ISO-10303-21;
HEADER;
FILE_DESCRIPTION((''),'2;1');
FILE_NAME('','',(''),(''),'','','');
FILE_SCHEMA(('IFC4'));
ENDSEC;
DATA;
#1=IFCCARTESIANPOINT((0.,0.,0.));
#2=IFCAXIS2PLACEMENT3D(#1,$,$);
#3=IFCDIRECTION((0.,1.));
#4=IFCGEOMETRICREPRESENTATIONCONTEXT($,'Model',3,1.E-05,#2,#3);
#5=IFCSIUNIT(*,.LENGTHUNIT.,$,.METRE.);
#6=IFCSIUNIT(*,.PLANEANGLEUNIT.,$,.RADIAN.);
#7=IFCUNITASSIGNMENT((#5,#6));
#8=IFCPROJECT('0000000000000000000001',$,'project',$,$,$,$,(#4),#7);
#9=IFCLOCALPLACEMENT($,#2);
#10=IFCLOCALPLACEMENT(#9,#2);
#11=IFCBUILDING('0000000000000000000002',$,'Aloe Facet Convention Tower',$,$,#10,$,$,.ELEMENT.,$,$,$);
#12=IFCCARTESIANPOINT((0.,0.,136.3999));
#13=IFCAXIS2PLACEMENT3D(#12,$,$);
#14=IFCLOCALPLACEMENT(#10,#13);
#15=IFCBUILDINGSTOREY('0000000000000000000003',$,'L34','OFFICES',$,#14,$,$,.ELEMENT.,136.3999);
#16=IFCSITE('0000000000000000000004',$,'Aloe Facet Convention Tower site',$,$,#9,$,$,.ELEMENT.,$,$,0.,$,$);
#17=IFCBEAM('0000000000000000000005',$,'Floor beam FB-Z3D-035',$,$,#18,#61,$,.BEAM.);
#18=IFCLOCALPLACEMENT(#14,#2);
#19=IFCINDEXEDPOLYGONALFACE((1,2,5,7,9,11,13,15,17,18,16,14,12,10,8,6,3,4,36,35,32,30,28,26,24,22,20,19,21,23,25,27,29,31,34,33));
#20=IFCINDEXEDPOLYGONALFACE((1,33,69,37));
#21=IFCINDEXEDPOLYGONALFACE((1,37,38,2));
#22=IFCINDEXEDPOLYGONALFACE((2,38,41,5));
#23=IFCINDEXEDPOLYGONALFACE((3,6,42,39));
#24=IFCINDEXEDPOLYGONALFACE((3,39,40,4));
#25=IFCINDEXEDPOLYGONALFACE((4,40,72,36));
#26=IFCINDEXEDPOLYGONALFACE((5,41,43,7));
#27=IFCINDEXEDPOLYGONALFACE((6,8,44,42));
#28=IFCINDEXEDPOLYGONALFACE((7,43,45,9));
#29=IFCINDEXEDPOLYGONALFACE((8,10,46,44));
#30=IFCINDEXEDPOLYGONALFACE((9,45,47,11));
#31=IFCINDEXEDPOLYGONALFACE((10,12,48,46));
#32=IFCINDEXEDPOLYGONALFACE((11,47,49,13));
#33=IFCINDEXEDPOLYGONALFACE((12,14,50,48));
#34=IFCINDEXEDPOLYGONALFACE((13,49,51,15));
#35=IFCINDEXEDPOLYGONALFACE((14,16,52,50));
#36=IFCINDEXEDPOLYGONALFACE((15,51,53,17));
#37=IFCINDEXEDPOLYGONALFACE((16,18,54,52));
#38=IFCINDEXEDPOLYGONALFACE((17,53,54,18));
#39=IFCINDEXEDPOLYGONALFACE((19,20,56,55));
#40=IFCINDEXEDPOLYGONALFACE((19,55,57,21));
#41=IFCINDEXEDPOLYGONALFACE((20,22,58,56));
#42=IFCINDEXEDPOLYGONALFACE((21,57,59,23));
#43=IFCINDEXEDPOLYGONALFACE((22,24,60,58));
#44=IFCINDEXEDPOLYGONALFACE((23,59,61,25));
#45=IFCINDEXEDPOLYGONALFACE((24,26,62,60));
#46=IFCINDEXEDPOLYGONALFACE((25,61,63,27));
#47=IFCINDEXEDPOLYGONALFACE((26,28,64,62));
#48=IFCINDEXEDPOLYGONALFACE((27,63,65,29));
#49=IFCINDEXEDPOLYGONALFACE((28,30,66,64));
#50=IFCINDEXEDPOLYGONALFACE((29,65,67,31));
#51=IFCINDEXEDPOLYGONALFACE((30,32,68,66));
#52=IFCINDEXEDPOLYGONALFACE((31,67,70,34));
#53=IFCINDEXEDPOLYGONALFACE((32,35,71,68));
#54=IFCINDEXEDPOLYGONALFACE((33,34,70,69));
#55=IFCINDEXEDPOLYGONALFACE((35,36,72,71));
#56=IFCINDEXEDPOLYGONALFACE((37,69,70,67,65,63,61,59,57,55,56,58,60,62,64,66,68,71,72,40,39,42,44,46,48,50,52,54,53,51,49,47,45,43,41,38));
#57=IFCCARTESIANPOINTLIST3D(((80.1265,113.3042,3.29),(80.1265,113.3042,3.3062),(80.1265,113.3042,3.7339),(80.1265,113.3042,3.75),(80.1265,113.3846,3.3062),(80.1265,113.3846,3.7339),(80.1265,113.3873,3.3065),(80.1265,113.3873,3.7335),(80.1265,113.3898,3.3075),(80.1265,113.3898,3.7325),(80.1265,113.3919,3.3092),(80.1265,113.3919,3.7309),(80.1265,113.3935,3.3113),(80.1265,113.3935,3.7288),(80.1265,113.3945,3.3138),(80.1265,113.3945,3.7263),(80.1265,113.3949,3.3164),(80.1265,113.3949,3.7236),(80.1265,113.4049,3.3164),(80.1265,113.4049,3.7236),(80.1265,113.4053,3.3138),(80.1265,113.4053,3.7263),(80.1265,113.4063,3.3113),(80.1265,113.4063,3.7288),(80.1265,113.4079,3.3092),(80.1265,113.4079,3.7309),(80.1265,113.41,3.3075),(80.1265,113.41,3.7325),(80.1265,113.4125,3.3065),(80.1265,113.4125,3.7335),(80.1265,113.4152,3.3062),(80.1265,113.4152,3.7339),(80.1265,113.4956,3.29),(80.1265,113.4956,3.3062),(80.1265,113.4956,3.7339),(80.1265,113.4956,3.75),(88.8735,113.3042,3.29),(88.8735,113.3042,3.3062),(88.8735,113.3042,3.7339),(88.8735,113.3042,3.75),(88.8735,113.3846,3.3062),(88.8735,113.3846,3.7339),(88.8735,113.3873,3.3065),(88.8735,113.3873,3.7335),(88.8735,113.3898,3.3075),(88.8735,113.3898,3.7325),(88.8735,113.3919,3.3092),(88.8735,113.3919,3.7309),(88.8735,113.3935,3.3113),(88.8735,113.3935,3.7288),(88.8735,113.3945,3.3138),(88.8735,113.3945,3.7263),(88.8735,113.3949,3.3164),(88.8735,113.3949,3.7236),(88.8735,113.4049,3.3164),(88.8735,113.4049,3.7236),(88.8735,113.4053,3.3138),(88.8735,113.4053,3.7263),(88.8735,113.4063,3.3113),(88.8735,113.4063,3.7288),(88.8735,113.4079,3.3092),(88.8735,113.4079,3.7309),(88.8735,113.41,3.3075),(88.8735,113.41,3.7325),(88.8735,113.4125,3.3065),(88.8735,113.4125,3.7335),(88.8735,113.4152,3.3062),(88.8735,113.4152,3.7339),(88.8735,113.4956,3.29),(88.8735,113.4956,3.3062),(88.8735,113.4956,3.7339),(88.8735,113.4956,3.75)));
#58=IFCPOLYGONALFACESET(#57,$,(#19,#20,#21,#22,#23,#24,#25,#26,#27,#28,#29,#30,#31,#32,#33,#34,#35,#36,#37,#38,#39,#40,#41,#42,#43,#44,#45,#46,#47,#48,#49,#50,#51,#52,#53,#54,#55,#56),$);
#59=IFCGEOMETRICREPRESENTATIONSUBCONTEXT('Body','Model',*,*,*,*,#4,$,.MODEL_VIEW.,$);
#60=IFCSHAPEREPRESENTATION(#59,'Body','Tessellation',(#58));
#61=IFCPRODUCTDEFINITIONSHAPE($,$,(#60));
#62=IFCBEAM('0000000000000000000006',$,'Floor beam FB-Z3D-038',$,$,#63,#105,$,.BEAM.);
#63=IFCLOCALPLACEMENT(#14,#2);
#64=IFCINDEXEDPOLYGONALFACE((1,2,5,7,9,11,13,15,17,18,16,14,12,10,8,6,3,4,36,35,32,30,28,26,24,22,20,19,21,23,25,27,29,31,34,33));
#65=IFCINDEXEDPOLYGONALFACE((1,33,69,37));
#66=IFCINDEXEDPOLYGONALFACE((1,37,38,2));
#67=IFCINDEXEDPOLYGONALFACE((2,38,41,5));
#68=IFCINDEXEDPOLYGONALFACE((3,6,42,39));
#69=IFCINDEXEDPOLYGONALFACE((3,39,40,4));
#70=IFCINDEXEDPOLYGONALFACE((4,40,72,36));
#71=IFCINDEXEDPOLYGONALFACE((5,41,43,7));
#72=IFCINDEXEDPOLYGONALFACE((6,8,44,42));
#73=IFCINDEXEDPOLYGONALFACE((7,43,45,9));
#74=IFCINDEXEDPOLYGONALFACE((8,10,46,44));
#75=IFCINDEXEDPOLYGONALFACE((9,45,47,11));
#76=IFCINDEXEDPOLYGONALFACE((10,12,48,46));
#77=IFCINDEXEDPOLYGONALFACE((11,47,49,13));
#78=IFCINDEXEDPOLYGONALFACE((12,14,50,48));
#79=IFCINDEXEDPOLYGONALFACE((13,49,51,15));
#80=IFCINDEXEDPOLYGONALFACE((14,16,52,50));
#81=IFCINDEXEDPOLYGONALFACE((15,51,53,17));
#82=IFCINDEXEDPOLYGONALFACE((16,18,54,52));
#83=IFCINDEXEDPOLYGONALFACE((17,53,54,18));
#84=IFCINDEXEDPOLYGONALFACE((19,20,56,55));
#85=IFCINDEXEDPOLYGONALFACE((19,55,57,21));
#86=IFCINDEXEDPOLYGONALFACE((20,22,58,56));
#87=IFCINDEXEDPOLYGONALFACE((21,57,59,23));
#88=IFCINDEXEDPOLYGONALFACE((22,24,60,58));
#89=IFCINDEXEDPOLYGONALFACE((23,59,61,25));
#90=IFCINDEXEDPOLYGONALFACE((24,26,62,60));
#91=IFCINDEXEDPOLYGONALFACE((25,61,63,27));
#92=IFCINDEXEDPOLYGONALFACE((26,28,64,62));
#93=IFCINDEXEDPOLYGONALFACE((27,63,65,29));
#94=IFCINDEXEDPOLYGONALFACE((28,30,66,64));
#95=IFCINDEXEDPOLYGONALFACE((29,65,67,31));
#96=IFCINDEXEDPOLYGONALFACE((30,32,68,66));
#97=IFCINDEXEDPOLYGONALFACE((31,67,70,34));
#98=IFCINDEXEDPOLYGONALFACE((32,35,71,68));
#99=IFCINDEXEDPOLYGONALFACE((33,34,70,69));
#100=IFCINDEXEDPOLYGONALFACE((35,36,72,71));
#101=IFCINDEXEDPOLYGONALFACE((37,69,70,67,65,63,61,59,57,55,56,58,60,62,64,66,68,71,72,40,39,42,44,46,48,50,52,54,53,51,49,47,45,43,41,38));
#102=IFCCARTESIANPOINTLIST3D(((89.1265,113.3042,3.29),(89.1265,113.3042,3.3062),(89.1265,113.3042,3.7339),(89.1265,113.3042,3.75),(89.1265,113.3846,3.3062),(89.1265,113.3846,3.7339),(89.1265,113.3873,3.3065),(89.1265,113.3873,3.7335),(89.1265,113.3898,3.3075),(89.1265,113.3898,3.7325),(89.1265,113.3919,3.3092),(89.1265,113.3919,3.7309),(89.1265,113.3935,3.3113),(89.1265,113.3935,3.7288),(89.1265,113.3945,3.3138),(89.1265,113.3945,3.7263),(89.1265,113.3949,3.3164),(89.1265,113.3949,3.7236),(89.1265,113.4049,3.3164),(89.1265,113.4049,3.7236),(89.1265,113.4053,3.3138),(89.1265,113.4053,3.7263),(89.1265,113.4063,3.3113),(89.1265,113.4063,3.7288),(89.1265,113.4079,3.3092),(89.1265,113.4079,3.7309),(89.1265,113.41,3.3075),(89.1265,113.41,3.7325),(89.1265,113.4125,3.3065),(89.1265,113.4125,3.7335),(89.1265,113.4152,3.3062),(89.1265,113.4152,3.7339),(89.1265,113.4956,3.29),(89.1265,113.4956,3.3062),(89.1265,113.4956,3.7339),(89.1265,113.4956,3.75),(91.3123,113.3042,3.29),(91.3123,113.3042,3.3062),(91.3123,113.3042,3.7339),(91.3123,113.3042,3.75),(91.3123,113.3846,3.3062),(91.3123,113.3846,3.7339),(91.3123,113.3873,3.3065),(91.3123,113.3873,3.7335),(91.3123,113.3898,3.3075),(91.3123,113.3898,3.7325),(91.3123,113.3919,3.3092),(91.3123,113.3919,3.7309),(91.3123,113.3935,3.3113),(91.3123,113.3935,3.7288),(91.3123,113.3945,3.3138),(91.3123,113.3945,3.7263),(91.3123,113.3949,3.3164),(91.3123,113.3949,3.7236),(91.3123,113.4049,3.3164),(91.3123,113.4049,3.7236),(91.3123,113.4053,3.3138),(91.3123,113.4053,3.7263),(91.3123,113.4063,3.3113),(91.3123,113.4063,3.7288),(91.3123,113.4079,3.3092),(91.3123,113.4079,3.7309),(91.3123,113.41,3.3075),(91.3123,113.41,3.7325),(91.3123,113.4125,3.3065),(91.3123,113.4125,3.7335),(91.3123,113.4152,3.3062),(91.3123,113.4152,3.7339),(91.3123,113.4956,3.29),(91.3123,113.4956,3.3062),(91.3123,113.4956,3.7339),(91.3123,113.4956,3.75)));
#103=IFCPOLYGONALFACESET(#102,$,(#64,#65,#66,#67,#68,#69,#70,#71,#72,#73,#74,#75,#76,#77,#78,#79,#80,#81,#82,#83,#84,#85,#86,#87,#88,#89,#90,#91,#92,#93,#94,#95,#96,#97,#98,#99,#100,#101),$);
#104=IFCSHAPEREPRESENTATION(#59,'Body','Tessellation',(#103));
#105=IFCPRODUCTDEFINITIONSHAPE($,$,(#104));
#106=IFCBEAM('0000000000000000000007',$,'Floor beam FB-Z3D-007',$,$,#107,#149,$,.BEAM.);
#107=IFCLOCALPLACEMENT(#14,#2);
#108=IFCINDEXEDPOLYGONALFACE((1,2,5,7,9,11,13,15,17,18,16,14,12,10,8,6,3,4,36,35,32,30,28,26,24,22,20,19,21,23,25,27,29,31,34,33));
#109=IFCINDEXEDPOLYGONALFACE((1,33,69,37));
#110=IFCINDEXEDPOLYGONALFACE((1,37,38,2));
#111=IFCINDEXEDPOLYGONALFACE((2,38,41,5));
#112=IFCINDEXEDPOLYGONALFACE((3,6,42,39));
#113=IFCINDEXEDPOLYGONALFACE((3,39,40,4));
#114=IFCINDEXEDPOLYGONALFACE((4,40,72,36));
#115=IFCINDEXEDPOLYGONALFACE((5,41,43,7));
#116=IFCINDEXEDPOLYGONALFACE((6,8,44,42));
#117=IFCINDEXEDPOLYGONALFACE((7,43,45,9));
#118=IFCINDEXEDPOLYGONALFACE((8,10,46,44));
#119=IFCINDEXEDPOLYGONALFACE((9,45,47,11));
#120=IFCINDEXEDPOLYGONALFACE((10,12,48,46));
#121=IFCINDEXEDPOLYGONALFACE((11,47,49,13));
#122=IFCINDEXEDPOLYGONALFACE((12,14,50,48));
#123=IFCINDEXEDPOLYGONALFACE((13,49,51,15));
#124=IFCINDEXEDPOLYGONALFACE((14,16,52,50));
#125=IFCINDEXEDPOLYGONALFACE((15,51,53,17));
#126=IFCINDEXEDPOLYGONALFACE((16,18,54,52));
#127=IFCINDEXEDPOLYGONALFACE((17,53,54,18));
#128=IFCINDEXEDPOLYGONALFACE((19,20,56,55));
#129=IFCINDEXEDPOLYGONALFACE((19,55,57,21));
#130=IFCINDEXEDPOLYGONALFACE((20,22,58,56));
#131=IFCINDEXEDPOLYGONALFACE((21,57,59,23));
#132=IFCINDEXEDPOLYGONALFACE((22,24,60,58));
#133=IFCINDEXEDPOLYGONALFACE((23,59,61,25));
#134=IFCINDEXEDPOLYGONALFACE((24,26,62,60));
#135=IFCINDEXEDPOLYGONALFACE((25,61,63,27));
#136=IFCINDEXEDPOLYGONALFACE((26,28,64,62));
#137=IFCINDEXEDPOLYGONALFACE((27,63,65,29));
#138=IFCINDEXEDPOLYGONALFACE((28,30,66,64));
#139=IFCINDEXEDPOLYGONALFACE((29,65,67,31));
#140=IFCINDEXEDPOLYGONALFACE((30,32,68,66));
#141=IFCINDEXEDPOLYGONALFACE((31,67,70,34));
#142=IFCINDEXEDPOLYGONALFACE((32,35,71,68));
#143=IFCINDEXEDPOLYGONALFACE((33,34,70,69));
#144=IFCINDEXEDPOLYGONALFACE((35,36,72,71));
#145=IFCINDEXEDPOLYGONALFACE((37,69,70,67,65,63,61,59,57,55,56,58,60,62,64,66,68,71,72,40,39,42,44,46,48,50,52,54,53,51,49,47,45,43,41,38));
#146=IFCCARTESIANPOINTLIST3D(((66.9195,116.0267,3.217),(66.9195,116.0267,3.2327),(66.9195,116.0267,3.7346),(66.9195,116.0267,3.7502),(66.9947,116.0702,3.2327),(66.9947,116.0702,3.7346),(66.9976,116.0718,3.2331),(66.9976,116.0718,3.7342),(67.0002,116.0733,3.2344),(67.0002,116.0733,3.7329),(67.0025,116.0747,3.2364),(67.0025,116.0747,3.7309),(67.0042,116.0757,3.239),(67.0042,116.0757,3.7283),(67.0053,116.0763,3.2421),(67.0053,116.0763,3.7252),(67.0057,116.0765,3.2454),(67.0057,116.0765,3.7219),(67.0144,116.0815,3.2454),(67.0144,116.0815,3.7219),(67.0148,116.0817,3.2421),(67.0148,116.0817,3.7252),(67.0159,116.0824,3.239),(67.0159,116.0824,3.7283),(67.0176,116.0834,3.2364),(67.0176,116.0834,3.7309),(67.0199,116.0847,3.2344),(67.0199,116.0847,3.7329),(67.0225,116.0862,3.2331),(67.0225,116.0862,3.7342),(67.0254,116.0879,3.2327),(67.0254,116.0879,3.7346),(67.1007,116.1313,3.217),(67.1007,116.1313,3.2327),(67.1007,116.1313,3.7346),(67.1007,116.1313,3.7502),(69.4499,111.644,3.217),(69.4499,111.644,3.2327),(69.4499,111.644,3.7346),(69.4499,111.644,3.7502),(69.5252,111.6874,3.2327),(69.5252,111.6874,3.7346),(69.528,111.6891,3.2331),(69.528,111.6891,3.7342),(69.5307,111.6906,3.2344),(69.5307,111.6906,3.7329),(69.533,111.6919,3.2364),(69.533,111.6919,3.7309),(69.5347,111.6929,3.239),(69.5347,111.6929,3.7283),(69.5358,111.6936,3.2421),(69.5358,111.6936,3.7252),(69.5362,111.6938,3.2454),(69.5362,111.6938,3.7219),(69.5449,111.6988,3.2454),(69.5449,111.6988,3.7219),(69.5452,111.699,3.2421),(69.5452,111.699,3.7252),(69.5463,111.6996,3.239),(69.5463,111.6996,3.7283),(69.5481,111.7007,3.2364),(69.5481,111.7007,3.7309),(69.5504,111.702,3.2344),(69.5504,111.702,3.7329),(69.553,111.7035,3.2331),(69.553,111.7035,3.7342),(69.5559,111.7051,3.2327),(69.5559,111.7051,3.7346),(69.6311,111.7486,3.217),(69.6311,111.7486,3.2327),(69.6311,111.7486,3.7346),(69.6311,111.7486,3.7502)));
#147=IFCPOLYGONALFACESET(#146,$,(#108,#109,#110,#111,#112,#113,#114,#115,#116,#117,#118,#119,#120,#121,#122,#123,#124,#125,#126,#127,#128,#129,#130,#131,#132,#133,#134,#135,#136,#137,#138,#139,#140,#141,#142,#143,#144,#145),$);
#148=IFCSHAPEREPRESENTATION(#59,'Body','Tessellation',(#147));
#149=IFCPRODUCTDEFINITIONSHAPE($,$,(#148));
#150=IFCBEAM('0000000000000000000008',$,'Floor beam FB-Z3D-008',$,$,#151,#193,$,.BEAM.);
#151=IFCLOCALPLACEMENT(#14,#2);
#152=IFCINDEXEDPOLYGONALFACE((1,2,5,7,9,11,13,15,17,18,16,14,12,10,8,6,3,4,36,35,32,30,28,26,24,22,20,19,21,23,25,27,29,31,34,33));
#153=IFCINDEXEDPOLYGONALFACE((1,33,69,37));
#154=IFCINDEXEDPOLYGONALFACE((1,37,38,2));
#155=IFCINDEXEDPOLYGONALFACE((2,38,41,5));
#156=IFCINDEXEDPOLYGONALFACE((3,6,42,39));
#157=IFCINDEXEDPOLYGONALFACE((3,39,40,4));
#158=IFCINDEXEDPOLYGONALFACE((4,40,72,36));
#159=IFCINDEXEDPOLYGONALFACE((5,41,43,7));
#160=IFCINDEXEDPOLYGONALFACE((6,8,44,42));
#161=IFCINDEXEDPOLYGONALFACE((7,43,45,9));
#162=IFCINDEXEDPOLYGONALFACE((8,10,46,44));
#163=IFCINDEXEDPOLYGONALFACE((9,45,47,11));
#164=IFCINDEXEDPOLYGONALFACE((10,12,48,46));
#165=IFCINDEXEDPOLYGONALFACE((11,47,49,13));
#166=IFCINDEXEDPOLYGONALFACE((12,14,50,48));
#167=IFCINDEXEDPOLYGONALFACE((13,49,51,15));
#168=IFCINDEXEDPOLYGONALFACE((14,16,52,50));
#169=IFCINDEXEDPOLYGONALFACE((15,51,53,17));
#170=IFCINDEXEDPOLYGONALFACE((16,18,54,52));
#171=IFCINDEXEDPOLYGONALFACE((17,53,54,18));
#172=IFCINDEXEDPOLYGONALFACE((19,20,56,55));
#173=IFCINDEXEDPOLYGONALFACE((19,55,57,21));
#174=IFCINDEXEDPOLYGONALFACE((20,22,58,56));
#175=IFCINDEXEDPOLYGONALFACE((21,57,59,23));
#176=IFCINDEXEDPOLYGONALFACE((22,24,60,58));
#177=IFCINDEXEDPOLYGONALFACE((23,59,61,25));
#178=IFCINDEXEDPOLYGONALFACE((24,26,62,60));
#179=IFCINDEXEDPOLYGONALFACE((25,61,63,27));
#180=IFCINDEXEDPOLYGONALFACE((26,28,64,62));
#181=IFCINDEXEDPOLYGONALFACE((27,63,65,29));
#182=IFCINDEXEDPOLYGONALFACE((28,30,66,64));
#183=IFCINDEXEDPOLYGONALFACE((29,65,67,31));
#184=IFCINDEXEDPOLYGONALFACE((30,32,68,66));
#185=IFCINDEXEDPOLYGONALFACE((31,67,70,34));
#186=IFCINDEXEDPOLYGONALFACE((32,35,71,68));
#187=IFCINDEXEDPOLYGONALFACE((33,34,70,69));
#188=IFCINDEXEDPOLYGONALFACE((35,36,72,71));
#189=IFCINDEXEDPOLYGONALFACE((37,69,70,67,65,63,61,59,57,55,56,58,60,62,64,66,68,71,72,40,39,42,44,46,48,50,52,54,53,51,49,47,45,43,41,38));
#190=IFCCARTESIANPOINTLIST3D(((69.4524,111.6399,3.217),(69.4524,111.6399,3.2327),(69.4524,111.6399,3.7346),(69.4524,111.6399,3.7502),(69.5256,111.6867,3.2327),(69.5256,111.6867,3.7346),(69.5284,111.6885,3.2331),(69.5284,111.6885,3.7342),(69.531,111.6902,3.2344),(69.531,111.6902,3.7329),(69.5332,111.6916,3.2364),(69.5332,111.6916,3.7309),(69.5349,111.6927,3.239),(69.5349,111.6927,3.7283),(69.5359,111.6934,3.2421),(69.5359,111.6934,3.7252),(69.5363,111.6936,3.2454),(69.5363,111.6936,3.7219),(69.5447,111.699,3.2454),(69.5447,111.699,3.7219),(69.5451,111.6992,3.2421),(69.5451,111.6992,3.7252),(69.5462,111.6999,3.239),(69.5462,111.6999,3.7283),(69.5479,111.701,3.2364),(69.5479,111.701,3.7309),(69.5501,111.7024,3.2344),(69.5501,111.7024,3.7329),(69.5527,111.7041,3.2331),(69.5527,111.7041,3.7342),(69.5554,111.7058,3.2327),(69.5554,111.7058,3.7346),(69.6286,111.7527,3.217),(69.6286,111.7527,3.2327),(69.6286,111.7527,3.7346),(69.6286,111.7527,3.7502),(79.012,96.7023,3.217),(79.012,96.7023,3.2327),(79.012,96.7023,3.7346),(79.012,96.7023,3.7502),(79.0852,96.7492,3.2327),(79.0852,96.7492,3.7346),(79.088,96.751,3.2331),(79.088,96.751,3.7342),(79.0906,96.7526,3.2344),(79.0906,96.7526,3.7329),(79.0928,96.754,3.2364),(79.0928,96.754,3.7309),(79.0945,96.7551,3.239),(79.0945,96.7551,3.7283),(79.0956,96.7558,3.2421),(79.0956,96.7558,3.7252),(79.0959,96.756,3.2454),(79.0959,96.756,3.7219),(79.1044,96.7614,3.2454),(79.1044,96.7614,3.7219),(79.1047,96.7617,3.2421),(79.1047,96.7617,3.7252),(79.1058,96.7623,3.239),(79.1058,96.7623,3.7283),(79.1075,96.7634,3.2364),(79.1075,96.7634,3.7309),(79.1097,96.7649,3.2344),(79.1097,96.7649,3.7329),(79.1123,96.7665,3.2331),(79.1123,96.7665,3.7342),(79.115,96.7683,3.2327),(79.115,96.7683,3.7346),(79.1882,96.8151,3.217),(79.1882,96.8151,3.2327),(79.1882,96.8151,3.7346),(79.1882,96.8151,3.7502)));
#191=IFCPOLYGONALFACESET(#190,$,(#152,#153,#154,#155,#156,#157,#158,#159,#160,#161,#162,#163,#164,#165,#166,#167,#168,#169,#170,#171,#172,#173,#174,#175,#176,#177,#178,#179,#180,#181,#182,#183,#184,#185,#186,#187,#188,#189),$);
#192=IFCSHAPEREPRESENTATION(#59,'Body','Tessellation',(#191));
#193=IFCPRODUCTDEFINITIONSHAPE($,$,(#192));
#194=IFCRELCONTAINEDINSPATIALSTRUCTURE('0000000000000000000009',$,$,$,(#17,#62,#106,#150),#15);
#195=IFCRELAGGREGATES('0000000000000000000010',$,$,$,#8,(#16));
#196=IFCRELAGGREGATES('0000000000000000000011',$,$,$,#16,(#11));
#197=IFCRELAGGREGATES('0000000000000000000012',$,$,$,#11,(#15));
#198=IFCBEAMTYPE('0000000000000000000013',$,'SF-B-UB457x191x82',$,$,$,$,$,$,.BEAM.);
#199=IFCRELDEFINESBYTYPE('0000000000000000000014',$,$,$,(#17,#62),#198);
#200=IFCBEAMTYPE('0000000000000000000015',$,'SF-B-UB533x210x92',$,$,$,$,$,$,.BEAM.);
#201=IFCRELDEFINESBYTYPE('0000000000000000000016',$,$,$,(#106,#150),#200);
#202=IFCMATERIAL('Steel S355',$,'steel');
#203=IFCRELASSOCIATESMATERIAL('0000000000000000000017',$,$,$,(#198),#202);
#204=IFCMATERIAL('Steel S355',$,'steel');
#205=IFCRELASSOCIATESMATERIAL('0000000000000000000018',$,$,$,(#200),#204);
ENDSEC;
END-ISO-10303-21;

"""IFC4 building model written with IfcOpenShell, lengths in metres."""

from ifc_helpers import new_model, si_unit, direction, frame, origin, origin_2d, place, context, subcontext, project, spatial, i_section, extrude, material, material_profile, profile_set, type_object, element, save


model = new_model("IFC4")

# Units and contexts
model_context = context("Model", 3, precision=1e-05, world=origin(), true_north=direction((0.0, 1.0)))
body_context = subcontext(model_context, "Body", "Model", "MODEL_VIEW")
ifc_project = project(units=[si_unit("LENGTHUNIT", "METRE"), si_unit("PLANEANGLEUNIT", "RADIAN")], contexts=[model_context])

# Site, building, storey
site_placement = place(None, origin())
site = spatial("IfcSite", under=ifc_project, at=site_placement, Name="Aloe Facet Convention Tower site", CompositionType="ELEMENT", RefElevation=0.0)
building_placement = place(site_placement, origin())
building = spatial("IfcBuilding", under=site, at=building_placement, Name="Aloe Facet Convention Tower", CompositionType="ELEMENT")
storey_placement = place(building_placement, frame((0.0, 0.0, 136.3999)))
storey = spatial("IfcBuildingStorey", under=building, at=storey_placement, Name="L34", Description="OFFICES", CompositionType="ELEMENT", Elevation=136.3999)

# Beams
ifc_material_1 = material(Name="Steel S355", Category="steel")
ifc_material_profile_1 = material_profile(ifc_material_1, i_section(OverallWidth=0.1914, OverallDepth=0.46, WebThickness=0.01, FlangeThickness=0.0161, FilletRadius=0.0103, at=origin_2d()), Name="UB 457x191x82")
ifc_profile_set_1 = profile_set([ifc_material_profile_1], Name="Steel S355")
beam_type_1 = type_object("IfcBeamType", Name="SF-B-UB457x191x82", PredefinedType="BEAM", material=ifc_profile_set_1)
for number, where, z_axis, x_axis, name in (
    (1, (80.1265, 113.3999, 3.52), (1.0, 0.0, 0.0), (0.0, 1.0, 0.0), "Floor beam FB-Z3D-035"),
):
    element("IfcBeam", number, at=place(storey_placement, frame(where, z_axis=z_axis, x_axis=x_axis)), inside=storey, type_object=beam_type_1, Name=name, PredefinedType="BEAM", context=body_context, shape_type="SweptSolid", body=[
        extrude(i_section(OverallWidth=0.1914, OverallDepth=0.46, WebThickness=0.01, FlangeThickness=0.0161, FilletRadius=0.0103, at=origin_2d()), origin(), (0.0, 0.0, 1.0), 8.7471),
    ])
beam_1_placement = place(storey_placement, frame((89.1265, 113.3999, 3.52), z_axis=(1.0, 0.0, 0.0), x_axis=(0.0, 1.0, 0.0)))
element("IfcBeam", 2, at=beam_1_placement, inside=storey, type_object=beam_type_1, Name="Floor beam FB-Z3D-038", PredefinedType="BEAM", context=body_context, shape_type="SweptSolid", body=[
    extrude(i_section(OverallWidth=0.1914, OverallDepth=0.46, WebThickness=0.01, FlangeThickness=0.0161, FilletRadius=0.0103, at=origin_2d()), origin(), (0.0, 0.0, 1.0), 2.1858),
])
ifc_material_2 = material(Name="Steel S355", Category="steel")
ifc_material_profile_2 = material_profile(ifc_material_2, i_section(OverallWidth=0.2092, OverallDepth=0.5332, WebThickness=0.01, FlangeThickness=0.0156, FilletRadius=0.0127, at=origin_2d()), Name="UB 533x210x92")
ifc_profile_set_2 = profile_set([ifc_material_profile_2], Name="Steel S355")
beam_type_2 = type_object("IfcBeamType", Name="SF-B-UB533x210x92", PredefinedType="BEAM", material=ifc_profile_set_2)
beam_2_placement = place(storey_placement, frame((69.5405, 111.6963, 3.4836), z_axis=(-0.500015, 0.866017, 0.0), x_axis=(-0.866017, -0.500015, 0.0)))
element("IfcBeam", 3, at=beam_2_placement, inside=storey, type_object=beam_type_2, Name="Floor beam FB-Z3D-007", PredefinedType="BEAM", context=body_context, shape_type="SweptSolid", body=[
    extrude(i_section(OverallWidth=0.2092, OverallDepth=0.5332, WebThickness=0.01, FlangeThickness=0.0156, FilletRadius=0.0127, at=origin_2d()), origin(), (0.0, 0.0, 1.0), 5.0608),
])
for number, where, z_axis, x_axis, name in (
    (4, (69.5405, 111.6963, 3.4836), (0.539037, -0.842282, 0.0), (0.842282, 0.539037, 0.0), "Floor beam FB-Z3D-008"),
):
    element("IfcBeam", number, at=place(storey_placement, frame(where, z_axis=z_axis, x_axis=x_axis)), inside=storey, type_object=beam_type_2, Name=name, PredefinedType="BEAM", context=body_context, shape_type="SweptSolid", body=[
        extrude(i_section(OverallWidth=0.2092, OverallDepth=0.5332, WebThickness=0.01, FlangeThickness=0.0156, FilletRadius=0.0127, at=origin_2d()), origin(), (0.0, 0.0, 1.0), 17.7346),
    ])

save(model, "model.ifc")
